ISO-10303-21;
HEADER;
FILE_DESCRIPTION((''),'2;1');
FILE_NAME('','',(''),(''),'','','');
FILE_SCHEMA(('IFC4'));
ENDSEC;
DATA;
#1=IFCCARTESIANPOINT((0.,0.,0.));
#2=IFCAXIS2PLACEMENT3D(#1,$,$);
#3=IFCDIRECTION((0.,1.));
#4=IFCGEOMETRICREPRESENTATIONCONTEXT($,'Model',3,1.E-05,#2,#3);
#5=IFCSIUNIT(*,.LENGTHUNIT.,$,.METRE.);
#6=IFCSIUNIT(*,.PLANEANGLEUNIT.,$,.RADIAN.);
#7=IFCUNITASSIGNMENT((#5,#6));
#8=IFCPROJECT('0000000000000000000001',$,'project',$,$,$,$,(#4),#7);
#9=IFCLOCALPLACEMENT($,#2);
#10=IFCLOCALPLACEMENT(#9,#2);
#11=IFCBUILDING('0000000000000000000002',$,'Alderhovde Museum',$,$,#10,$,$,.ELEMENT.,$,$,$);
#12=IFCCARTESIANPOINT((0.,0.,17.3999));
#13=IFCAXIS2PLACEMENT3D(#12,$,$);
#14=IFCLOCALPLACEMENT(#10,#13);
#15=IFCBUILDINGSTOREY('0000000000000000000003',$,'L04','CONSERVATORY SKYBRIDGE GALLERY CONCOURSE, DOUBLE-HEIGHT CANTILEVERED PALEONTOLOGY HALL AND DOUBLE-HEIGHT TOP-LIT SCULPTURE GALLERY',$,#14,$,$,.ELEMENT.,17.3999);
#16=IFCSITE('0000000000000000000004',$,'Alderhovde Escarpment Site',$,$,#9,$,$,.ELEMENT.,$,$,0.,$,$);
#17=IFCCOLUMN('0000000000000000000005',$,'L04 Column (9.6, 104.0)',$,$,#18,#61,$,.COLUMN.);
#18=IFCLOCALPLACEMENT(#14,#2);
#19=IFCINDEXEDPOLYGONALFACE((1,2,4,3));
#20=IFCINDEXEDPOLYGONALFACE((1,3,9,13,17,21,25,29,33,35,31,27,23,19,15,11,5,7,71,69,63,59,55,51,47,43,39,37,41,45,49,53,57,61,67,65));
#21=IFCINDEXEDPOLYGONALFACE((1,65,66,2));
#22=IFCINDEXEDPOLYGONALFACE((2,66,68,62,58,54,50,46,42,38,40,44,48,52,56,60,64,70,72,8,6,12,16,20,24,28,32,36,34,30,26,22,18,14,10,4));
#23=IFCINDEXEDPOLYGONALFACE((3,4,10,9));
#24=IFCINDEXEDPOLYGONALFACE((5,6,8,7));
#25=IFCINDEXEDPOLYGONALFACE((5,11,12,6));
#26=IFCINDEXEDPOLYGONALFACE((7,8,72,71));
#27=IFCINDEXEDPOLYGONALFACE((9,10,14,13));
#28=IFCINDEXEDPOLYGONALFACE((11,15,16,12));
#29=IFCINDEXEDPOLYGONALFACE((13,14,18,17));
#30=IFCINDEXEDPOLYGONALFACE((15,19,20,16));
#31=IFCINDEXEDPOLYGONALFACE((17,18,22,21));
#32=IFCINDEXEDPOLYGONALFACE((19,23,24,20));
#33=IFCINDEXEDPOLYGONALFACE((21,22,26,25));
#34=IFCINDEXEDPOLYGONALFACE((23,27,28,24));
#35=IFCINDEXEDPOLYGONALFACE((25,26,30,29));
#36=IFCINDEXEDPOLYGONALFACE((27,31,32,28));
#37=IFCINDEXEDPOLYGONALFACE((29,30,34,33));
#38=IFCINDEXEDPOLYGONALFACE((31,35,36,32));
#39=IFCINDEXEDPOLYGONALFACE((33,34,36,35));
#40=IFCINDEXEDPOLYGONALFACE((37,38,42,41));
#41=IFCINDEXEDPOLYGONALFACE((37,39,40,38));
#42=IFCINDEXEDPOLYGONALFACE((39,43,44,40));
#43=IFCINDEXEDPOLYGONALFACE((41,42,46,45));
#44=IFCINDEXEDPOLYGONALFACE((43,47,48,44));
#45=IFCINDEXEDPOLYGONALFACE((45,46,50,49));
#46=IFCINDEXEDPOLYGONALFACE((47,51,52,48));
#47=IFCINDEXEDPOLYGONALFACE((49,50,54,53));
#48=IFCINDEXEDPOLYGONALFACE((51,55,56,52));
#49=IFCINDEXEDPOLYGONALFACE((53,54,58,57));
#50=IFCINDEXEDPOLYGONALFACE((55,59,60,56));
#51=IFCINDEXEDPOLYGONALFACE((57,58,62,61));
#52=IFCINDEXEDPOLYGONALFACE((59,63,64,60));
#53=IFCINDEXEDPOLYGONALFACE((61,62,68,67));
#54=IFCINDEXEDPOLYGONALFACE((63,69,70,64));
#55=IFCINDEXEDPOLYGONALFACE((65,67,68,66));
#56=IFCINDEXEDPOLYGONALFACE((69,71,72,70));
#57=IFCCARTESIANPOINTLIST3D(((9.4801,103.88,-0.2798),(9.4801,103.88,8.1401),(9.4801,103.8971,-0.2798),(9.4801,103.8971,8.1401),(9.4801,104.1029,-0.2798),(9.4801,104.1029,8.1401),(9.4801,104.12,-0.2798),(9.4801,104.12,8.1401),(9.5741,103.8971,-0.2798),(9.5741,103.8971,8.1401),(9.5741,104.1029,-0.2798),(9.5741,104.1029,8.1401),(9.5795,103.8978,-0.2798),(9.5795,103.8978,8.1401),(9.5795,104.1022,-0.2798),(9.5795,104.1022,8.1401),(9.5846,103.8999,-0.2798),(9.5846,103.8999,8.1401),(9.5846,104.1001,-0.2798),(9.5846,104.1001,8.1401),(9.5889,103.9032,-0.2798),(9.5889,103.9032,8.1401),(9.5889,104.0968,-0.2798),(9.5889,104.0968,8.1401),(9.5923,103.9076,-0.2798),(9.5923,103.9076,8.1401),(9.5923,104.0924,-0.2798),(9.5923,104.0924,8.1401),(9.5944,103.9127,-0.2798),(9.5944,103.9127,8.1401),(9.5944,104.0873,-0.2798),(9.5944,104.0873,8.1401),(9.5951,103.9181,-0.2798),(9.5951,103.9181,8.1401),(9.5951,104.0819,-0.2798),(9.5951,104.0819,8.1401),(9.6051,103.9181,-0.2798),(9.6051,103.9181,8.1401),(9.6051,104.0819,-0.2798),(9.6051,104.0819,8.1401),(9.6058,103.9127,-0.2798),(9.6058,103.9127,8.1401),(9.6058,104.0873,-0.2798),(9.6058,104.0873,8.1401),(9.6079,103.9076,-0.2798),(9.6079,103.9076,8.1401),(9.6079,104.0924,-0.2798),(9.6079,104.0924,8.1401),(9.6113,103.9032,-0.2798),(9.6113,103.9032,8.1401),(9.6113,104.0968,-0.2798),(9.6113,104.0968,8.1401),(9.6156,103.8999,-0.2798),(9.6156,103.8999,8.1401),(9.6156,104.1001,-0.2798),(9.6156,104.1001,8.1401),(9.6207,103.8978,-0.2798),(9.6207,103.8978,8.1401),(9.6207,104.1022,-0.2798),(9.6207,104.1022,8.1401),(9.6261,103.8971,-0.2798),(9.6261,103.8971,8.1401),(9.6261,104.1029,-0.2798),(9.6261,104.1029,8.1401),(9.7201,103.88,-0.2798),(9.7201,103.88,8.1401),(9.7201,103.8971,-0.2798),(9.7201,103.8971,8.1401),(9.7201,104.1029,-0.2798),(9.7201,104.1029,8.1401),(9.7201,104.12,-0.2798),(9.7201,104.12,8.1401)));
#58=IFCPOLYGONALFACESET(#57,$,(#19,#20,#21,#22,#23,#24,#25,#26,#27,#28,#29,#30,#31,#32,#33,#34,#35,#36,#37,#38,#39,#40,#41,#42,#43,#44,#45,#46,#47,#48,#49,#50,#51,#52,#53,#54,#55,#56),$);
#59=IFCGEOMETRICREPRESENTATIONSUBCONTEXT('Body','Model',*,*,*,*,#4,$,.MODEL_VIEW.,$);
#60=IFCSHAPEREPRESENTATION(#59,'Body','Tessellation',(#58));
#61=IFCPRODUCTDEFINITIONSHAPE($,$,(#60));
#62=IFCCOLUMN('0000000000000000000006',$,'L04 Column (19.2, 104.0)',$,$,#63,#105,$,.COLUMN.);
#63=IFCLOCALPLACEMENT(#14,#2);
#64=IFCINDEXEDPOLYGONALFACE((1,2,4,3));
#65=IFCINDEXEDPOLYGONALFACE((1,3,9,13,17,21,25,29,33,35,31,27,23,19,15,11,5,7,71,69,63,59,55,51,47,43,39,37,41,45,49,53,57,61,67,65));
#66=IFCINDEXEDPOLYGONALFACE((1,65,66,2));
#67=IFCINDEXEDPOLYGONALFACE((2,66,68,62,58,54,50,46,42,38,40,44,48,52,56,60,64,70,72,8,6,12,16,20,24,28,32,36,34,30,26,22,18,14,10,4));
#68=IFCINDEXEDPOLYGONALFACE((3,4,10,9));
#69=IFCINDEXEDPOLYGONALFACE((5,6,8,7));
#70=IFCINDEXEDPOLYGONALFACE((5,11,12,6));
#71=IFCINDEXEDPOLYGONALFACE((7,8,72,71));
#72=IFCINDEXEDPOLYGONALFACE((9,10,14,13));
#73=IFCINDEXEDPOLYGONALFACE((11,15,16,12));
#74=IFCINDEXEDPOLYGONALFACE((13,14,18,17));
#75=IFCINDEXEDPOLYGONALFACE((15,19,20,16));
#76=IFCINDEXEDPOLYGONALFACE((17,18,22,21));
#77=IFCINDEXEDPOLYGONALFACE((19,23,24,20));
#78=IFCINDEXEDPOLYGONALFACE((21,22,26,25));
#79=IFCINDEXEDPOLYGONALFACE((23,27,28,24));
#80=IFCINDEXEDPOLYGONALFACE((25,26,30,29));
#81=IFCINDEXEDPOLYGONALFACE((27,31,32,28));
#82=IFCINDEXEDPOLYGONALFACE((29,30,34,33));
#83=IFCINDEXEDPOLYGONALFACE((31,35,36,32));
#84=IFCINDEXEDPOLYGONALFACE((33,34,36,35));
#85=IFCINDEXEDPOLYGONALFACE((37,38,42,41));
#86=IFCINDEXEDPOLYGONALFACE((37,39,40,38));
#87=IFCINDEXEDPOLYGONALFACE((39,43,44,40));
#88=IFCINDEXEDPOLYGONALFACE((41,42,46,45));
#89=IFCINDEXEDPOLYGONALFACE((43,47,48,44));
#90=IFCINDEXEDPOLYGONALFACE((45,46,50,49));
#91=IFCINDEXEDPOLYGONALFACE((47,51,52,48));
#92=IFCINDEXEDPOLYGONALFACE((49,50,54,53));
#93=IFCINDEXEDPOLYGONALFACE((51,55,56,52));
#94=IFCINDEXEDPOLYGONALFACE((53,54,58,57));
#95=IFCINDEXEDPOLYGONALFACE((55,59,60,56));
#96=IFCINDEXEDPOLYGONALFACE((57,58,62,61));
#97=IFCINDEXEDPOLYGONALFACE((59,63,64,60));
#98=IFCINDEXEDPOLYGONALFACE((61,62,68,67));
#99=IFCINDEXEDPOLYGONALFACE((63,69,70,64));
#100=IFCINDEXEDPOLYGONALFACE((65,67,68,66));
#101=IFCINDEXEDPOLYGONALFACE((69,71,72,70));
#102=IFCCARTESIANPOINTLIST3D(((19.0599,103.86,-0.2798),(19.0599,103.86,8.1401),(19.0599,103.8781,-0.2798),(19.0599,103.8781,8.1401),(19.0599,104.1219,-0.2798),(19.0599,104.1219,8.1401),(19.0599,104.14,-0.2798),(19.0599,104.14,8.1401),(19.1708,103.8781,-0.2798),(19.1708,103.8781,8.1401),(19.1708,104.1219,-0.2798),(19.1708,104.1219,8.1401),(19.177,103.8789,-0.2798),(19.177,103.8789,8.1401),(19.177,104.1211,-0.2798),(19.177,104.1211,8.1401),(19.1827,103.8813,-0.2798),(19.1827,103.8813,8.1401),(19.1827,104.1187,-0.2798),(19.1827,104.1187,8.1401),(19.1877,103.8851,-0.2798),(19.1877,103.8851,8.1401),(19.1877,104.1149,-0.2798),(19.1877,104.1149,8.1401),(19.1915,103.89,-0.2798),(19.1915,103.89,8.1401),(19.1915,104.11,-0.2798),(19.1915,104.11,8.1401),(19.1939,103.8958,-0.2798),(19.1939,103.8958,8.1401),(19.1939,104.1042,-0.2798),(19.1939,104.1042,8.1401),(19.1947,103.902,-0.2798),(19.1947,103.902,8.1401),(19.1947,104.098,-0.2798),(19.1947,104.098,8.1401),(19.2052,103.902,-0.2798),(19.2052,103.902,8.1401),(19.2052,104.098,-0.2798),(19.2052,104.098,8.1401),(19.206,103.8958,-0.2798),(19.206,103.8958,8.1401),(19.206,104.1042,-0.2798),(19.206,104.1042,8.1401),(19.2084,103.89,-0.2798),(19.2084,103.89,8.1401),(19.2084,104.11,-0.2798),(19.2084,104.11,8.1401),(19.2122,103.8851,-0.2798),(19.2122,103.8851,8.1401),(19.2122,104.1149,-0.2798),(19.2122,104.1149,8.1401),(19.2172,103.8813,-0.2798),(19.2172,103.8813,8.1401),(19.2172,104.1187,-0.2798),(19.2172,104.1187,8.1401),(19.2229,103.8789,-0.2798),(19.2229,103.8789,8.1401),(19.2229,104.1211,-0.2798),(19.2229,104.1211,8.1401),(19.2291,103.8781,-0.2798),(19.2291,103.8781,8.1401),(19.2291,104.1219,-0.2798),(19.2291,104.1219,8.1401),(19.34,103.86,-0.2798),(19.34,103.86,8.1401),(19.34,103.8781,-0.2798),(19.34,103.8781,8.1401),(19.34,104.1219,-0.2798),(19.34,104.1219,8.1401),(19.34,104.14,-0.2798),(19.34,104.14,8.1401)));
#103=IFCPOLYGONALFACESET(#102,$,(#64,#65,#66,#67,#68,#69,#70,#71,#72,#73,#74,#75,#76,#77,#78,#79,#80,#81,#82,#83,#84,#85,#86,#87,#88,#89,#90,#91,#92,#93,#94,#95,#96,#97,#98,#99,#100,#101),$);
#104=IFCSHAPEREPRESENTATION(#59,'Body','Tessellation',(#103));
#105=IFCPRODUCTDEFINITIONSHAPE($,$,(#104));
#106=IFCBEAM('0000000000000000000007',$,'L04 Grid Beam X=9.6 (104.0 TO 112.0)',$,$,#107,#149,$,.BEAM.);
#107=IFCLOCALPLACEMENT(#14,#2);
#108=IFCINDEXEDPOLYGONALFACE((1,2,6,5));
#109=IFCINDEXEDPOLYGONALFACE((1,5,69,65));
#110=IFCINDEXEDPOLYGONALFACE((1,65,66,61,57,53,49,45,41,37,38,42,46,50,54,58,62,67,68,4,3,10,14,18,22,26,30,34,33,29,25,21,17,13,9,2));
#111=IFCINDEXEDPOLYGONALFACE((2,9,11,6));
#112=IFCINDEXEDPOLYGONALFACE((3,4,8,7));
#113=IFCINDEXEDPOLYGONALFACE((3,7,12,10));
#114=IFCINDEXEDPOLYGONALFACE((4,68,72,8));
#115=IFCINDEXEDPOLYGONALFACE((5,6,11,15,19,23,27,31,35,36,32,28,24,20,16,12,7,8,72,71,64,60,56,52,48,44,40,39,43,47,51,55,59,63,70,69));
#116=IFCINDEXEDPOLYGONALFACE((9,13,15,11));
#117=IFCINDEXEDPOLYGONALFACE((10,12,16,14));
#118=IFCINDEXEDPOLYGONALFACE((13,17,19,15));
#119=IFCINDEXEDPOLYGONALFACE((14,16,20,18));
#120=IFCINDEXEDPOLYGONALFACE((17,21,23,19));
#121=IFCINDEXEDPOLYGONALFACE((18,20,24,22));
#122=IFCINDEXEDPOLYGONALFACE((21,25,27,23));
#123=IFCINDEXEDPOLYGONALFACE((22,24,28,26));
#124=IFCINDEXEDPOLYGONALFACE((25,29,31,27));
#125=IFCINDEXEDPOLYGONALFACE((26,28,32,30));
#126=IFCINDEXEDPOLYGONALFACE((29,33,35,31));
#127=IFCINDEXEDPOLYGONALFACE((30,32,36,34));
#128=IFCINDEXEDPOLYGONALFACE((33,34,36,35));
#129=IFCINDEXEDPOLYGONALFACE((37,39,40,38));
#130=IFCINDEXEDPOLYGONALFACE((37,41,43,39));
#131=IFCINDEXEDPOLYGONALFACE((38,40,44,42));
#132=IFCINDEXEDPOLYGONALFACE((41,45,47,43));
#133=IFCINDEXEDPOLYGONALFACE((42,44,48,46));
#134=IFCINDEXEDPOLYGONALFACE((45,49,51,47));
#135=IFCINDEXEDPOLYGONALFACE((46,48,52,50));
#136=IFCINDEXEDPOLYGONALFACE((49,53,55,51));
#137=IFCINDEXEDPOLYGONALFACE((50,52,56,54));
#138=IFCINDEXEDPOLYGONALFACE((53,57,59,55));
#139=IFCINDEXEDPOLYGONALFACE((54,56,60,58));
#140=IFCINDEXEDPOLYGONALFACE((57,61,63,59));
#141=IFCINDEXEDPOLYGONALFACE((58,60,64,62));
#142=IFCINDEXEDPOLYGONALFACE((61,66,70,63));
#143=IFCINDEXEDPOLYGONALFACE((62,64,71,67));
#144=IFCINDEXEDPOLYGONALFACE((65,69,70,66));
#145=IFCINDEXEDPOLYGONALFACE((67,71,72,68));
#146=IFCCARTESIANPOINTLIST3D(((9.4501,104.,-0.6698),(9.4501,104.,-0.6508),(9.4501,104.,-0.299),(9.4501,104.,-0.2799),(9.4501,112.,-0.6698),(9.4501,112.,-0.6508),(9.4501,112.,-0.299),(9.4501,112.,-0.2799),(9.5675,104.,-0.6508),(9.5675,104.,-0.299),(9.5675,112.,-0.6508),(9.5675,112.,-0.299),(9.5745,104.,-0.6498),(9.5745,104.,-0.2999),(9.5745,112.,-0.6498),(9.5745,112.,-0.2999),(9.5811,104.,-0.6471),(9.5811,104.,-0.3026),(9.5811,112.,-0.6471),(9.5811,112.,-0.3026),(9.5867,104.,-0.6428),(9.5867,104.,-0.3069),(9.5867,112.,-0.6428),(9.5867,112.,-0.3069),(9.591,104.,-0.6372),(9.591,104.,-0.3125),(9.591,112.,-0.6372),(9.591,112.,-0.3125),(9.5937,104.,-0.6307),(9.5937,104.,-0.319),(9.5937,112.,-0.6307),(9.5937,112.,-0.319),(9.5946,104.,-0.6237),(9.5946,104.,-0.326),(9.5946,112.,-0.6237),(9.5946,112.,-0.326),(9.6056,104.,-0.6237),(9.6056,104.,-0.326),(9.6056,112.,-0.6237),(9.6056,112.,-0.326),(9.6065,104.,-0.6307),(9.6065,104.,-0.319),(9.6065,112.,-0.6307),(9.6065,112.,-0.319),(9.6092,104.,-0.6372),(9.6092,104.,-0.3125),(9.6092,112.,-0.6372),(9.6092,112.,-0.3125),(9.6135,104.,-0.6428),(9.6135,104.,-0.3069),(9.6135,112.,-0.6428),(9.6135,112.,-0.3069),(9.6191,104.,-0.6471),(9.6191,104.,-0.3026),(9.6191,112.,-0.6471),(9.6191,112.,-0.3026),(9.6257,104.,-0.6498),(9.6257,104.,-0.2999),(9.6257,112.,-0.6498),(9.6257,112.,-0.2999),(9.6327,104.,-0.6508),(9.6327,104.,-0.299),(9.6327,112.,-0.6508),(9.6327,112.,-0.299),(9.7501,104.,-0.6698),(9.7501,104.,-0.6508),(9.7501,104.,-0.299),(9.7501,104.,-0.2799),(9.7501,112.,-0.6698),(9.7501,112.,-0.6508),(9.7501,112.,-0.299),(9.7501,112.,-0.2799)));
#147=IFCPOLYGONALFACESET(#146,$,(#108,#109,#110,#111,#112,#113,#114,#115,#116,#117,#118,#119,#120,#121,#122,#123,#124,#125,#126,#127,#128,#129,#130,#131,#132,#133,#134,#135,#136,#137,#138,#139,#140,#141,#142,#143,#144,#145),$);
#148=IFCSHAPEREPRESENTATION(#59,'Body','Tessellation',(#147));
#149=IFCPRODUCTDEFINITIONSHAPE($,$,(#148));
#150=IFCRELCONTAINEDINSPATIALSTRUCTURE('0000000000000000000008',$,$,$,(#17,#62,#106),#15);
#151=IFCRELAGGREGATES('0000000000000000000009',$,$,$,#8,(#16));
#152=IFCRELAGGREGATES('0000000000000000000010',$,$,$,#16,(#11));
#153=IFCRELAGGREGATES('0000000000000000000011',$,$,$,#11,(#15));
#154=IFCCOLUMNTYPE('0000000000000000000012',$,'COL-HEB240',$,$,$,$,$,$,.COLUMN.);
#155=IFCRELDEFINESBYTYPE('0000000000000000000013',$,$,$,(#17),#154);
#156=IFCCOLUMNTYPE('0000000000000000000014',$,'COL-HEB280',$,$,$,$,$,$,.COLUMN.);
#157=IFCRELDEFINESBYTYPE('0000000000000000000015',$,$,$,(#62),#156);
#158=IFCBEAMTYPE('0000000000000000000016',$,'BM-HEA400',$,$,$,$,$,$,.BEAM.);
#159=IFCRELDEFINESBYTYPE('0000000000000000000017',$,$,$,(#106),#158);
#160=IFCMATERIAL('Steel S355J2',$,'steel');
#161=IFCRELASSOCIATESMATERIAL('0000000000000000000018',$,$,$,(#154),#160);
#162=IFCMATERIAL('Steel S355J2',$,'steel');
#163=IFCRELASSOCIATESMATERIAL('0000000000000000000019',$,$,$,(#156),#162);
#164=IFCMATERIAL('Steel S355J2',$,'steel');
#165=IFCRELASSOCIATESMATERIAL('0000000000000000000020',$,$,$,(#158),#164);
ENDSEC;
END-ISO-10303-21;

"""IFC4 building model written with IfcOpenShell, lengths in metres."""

from ifc_helpers import new_model, si_unit, direction, frame, origin, origin_2d, place, context, subcontext, project, spatial, i_section, extrude, material, material_profile, profile_set, type_object, element, save


model = new_model("IFC4")

# Units and contexts
model_context = context("Model", 3, precision=1e-05, world=origin(), true_north=direction((0.0, 1.0)))
body_context = subcontext(model_context, "Body", "Model", "MODEL_VIEW")
ifc_project = project(units=[si_unit("LENGTHUNIT", "METRE"), si_unit("PLANEANGLEUNIT", "RADIAN")], contexts=[model_context])

# Site, building, storey
site_placement = place(None, origin())
site = spatial("IfcSite", under=ifc_project, at=site_placement, Name="Alderhovde Escarpment Site", CompositionType="ELEMENT", RefElevation=0.0)
building_placement = place(site_placement, origin())
building = spatial("IfcBuilding", under=site, at=building_placement, Name="Alderhovde Museum", CompositionType="ELEMENT")
storey_placement = place(building_placement, frame((0.0, 0.0, 17.3999)))
storey = spatial("IfcBuildingStorey", under=building, at=storey_placement, Name="L04", Description="CONSERVATORY SKYBRIDGE GALLERY CONCOURSE, DOUBLE-HEIGHT CANTILEVERED PALEONTOLOGY HALL AND DOUBLE-HEIGHT TOP-LIT SCULPTURE GALLERY", CompositionType="ELEMENT", Elevation=17.3999)

# Columns
ifc_material_1 = material(Name="Steel S355J2", Category="steel")
ifc_material_profile_1 = material_profile(ifc_material_1, i_section(OverallWidth=0.24, OverallDepth=0.24, WebThickness=0.01, FlangeThickness=0.0171, FilletRadius=0.021, at=origin_2d()), Name="HEB 240")
ifc_profile_set_1 = profile_set([ifc_material_profile_1], Name="Steel S355J2")
column_type_1 = type_object("IfcColumnType", Name="COL-HEB240", PredefinedType="COLUMN", material=ifc_profile_set_1)
column_1_placement = place(storey_placement, frame((9.6001, 104.0, -0.2798), z_axis=(0.0, 0.0, 1.0), x_axis=(1.0, 0.0, 0.0)))
element("IfcColumn", 1, at=column_1_placement, inside=storey, type_object=column_type_1, Name="L04 Column (9.6, 104.0)", PredefinedType="COLUMN", context=body_context, shape_type="SweptSolid", body=[
    extrude(i_section(OverallWidth=0.24, OverallDepth=0.24, WebThickness=0.01, FlangeThickness=0.0171, FilletRadius=0.021, at=origin_2d()), origin(), (0.0, 0.0, 1.0), 8.4199),
])
ifc_material_2 = material(Name="Steel S355J2", Category="steel")
ifc_material_profile_2 = material_profile(ifc_material_2, i_section(OverallWidth=0.28, OverallDepth=0.28, WebThickness=0.0105, FlangeThickness=0.0181, FilletRadius=0.0239, at=origin_2d()), Name="HEB 280")
ifc_profile_set_2 = profile_set([ifc_material_profile_2], Name="Steel S355J2")
column_type_2 = type_object("IfcColumnType", Name="COL-HEB280", PredefinedType="COLUMN", material=ifc_profile_set_2)
column_2_placement = place(storey_placement, frame((19.2, 104.0, -0.2798), z_axis=(0.0, 0.0, 1.0), x_axis=(1.0, 0.0, 0.0)))
element("IfcColumn", 2, at=column_2_placement, inside=storey, type_object=column_type_2, Name="L04 Column (19.2, 104.0)", PredefinedType="COLUMN", context=body_context, shape_type="SweptSolid", body=[
    extrude(i_section(OverallWidth=0.28, OverallDepth=0.28, WebThickness=0.0105, FlangeThickness=0.0181, FilletRadius=0.0239, at=origin_2d()), origin(), (0.0, 0.0, 1.0), 8.4199),
])

# Beam
ifc_material_3 = material(Name="Steel S355J2", Category="steel")
ifc_material_profile_3 = material_profile(ifc_material_3, i_section(OverallWidth=0.3, OverallDepth=0.3899, WebThickness=0.011, FlangeThickness=0.019, FilletRadius=0.0271, at=origin_2d()), Name="HEA 400")
ifc_profile_set_3 = profile_set([ifc_material_profile_3], Name="Steel S355J2")
beam_type_1 = type_object("IfcBeamType", Name="BM-HEA400", PredefinedType="BEAM", material=ifc_profile_set_3)
beam_1_placement = place(storey_placement, frame((9.6001, 104.0, -0.4749), z_axis=(0.0, 1.0, 0.0), x_axis=(-1.0, 0.0, 0.0)))
element("IfcBeam", 3, at=beam_1_placement, inside=storey, type_object=beam_type_1, Name="L04 Grid Beam X=9.6 (104.0 TO 112.0)", PredefinedType="BEAM", context=body_context, shape_type="SweptSolid", body=[
    extrude(i_section(OverallWidth=0.3, OverallDepth=0.3899, WebThickness=0.011, FlangeThickness=0.019, FilletRadius=0.0271, at=origin_2d()), origin(), (0.0, 0.0, 1.0), 8.0),
])

save(model, "model.ifc")
